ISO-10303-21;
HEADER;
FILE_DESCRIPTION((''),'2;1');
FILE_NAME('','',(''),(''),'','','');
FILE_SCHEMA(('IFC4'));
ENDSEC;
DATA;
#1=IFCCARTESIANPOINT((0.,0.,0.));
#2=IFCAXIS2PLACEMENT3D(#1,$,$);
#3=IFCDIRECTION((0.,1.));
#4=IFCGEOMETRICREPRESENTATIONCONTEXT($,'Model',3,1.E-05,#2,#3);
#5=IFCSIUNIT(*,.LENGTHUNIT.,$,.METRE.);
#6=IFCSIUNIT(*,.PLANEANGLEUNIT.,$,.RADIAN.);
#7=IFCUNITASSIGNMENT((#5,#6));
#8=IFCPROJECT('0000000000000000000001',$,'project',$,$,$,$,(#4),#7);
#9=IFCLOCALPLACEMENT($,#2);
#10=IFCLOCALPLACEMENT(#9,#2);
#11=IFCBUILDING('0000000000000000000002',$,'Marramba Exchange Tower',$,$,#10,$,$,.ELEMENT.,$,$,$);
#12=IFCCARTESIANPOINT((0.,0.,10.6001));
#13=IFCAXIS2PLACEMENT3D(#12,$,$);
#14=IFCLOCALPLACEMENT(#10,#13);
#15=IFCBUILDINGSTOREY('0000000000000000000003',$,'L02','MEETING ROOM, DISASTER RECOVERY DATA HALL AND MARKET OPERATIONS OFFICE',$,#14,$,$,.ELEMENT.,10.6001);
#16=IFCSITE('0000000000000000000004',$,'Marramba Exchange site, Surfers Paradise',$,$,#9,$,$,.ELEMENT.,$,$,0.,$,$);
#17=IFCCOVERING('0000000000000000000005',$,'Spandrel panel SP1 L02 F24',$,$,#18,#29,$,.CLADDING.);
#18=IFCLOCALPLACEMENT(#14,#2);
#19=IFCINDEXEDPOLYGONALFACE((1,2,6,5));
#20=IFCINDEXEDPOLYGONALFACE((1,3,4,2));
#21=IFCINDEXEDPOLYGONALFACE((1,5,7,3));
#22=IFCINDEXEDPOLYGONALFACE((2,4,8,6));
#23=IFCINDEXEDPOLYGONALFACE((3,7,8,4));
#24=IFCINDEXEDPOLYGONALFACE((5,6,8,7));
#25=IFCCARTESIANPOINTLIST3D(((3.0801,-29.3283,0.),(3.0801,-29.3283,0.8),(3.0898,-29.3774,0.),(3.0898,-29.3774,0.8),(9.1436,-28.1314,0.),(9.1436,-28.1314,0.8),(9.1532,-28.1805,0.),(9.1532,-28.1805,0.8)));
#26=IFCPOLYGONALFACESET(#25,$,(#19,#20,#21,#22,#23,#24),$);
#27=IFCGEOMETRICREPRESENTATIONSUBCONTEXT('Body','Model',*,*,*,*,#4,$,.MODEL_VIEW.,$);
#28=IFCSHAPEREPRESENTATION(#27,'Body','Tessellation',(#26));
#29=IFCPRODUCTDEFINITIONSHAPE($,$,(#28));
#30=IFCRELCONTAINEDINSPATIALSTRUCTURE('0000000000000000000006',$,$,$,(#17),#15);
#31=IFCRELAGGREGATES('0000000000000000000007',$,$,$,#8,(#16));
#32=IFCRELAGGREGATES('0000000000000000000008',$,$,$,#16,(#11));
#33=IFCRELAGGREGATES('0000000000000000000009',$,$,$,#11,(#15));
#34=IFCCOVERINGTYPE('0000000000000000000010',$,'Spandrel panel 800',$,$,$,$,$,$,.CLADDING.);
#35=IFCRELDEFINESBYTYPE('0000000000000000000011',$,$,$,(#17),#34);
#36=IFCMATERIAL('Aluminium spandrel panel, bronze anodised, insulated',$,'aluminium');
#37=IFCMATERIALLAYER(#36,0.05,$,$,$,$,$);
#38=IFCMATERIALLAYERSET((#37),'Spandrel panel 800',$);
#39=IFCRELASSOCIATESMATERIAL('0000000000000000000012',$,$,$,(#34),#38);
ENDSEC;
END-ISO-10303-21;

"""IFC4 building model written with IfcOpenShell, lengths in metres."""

from ifc_helpers import new_model, si_unit, direction, frame, origin, origin_2d, place, context, subcontext, project, spatial, rectangle, extrude, material, layer, layer_set, type_object, element, save


model = new_model("IFC4")

# Units and contexts
model_context = context("Model", 3, precision=1e-05, world=origin(), true_north=direction((0.0, 1.0)))
body_context = subcontext(model_context, "Body", "Model", "MODEL_VIEW")
ifc_project = project(units=[si_unit("LENGTHUNIT", "METRE"), si_unit("PLANEANGLEUNIT", "RADIAN")], contexts=[model_context])

# Site, building, storey
site_placement = place(None, origin())
site = spatial("IfcSite", under=ifc_project, at=site_placement, Name="Marramba Exchange site, Surfers Paradise", CompositionType="ELEMENT", RefElevation=0.0)
building_placement = place(site_placement, origin())
building = spatial("IfcBuilding", under=site, at=building_placement, Name="Marramba Exchange Tower", CompositionType="ELEMENT")
storey_placement = place(building_placement, frame((0.0, 0.0, 10.6001)))
storey = spatial("IfcBuildingStorey", under=building, at=storey_placement, Name="L02", Description="MEETING ROOM, DISASTER RECOVERY DATA HALL AND MARKET OPERATIONS OFFICE", CompositionType="ELEMENT", Elevation=10.6001)

# Covering
ifc_material_1 = material(Name="Aluminium spandrel panel, bronze anodised, insulated", Category="aluminium")
ifc_layer_1 = layer(ifc_material_1, 0.05)
ifc_layer_set_1 = layer_set([ifc_layer_1], Name="Spandrel panel 800")
covering_type = type_object("IfcCoveringType", Name="Spandrel panel 800", PredefinedType="CLADDING", material=ifc_layer_set_1)
covering_placement = place(storey_placement, frame((6.1167, -28.7544, 0.0), z_axis=(0.0, 0.0, 1.0), x_axis=(0.981067, 0.193668, 0.0)))
element("IfcCovering", 1, at=covering_placement, inside=storey, type_object=covering_type, Name="Spandrel panel SP1 L02 F24", PredefinedType="CLADDING", context=body_context, shape_type="SweptSolid", body=[
    extrude(rectangle(XDim=6.1804, YDim=0.05, at=origin_2d()), origin(), (0.0, 0.0, 1.0), 0.8),
])

save(model, "model.ifc")
